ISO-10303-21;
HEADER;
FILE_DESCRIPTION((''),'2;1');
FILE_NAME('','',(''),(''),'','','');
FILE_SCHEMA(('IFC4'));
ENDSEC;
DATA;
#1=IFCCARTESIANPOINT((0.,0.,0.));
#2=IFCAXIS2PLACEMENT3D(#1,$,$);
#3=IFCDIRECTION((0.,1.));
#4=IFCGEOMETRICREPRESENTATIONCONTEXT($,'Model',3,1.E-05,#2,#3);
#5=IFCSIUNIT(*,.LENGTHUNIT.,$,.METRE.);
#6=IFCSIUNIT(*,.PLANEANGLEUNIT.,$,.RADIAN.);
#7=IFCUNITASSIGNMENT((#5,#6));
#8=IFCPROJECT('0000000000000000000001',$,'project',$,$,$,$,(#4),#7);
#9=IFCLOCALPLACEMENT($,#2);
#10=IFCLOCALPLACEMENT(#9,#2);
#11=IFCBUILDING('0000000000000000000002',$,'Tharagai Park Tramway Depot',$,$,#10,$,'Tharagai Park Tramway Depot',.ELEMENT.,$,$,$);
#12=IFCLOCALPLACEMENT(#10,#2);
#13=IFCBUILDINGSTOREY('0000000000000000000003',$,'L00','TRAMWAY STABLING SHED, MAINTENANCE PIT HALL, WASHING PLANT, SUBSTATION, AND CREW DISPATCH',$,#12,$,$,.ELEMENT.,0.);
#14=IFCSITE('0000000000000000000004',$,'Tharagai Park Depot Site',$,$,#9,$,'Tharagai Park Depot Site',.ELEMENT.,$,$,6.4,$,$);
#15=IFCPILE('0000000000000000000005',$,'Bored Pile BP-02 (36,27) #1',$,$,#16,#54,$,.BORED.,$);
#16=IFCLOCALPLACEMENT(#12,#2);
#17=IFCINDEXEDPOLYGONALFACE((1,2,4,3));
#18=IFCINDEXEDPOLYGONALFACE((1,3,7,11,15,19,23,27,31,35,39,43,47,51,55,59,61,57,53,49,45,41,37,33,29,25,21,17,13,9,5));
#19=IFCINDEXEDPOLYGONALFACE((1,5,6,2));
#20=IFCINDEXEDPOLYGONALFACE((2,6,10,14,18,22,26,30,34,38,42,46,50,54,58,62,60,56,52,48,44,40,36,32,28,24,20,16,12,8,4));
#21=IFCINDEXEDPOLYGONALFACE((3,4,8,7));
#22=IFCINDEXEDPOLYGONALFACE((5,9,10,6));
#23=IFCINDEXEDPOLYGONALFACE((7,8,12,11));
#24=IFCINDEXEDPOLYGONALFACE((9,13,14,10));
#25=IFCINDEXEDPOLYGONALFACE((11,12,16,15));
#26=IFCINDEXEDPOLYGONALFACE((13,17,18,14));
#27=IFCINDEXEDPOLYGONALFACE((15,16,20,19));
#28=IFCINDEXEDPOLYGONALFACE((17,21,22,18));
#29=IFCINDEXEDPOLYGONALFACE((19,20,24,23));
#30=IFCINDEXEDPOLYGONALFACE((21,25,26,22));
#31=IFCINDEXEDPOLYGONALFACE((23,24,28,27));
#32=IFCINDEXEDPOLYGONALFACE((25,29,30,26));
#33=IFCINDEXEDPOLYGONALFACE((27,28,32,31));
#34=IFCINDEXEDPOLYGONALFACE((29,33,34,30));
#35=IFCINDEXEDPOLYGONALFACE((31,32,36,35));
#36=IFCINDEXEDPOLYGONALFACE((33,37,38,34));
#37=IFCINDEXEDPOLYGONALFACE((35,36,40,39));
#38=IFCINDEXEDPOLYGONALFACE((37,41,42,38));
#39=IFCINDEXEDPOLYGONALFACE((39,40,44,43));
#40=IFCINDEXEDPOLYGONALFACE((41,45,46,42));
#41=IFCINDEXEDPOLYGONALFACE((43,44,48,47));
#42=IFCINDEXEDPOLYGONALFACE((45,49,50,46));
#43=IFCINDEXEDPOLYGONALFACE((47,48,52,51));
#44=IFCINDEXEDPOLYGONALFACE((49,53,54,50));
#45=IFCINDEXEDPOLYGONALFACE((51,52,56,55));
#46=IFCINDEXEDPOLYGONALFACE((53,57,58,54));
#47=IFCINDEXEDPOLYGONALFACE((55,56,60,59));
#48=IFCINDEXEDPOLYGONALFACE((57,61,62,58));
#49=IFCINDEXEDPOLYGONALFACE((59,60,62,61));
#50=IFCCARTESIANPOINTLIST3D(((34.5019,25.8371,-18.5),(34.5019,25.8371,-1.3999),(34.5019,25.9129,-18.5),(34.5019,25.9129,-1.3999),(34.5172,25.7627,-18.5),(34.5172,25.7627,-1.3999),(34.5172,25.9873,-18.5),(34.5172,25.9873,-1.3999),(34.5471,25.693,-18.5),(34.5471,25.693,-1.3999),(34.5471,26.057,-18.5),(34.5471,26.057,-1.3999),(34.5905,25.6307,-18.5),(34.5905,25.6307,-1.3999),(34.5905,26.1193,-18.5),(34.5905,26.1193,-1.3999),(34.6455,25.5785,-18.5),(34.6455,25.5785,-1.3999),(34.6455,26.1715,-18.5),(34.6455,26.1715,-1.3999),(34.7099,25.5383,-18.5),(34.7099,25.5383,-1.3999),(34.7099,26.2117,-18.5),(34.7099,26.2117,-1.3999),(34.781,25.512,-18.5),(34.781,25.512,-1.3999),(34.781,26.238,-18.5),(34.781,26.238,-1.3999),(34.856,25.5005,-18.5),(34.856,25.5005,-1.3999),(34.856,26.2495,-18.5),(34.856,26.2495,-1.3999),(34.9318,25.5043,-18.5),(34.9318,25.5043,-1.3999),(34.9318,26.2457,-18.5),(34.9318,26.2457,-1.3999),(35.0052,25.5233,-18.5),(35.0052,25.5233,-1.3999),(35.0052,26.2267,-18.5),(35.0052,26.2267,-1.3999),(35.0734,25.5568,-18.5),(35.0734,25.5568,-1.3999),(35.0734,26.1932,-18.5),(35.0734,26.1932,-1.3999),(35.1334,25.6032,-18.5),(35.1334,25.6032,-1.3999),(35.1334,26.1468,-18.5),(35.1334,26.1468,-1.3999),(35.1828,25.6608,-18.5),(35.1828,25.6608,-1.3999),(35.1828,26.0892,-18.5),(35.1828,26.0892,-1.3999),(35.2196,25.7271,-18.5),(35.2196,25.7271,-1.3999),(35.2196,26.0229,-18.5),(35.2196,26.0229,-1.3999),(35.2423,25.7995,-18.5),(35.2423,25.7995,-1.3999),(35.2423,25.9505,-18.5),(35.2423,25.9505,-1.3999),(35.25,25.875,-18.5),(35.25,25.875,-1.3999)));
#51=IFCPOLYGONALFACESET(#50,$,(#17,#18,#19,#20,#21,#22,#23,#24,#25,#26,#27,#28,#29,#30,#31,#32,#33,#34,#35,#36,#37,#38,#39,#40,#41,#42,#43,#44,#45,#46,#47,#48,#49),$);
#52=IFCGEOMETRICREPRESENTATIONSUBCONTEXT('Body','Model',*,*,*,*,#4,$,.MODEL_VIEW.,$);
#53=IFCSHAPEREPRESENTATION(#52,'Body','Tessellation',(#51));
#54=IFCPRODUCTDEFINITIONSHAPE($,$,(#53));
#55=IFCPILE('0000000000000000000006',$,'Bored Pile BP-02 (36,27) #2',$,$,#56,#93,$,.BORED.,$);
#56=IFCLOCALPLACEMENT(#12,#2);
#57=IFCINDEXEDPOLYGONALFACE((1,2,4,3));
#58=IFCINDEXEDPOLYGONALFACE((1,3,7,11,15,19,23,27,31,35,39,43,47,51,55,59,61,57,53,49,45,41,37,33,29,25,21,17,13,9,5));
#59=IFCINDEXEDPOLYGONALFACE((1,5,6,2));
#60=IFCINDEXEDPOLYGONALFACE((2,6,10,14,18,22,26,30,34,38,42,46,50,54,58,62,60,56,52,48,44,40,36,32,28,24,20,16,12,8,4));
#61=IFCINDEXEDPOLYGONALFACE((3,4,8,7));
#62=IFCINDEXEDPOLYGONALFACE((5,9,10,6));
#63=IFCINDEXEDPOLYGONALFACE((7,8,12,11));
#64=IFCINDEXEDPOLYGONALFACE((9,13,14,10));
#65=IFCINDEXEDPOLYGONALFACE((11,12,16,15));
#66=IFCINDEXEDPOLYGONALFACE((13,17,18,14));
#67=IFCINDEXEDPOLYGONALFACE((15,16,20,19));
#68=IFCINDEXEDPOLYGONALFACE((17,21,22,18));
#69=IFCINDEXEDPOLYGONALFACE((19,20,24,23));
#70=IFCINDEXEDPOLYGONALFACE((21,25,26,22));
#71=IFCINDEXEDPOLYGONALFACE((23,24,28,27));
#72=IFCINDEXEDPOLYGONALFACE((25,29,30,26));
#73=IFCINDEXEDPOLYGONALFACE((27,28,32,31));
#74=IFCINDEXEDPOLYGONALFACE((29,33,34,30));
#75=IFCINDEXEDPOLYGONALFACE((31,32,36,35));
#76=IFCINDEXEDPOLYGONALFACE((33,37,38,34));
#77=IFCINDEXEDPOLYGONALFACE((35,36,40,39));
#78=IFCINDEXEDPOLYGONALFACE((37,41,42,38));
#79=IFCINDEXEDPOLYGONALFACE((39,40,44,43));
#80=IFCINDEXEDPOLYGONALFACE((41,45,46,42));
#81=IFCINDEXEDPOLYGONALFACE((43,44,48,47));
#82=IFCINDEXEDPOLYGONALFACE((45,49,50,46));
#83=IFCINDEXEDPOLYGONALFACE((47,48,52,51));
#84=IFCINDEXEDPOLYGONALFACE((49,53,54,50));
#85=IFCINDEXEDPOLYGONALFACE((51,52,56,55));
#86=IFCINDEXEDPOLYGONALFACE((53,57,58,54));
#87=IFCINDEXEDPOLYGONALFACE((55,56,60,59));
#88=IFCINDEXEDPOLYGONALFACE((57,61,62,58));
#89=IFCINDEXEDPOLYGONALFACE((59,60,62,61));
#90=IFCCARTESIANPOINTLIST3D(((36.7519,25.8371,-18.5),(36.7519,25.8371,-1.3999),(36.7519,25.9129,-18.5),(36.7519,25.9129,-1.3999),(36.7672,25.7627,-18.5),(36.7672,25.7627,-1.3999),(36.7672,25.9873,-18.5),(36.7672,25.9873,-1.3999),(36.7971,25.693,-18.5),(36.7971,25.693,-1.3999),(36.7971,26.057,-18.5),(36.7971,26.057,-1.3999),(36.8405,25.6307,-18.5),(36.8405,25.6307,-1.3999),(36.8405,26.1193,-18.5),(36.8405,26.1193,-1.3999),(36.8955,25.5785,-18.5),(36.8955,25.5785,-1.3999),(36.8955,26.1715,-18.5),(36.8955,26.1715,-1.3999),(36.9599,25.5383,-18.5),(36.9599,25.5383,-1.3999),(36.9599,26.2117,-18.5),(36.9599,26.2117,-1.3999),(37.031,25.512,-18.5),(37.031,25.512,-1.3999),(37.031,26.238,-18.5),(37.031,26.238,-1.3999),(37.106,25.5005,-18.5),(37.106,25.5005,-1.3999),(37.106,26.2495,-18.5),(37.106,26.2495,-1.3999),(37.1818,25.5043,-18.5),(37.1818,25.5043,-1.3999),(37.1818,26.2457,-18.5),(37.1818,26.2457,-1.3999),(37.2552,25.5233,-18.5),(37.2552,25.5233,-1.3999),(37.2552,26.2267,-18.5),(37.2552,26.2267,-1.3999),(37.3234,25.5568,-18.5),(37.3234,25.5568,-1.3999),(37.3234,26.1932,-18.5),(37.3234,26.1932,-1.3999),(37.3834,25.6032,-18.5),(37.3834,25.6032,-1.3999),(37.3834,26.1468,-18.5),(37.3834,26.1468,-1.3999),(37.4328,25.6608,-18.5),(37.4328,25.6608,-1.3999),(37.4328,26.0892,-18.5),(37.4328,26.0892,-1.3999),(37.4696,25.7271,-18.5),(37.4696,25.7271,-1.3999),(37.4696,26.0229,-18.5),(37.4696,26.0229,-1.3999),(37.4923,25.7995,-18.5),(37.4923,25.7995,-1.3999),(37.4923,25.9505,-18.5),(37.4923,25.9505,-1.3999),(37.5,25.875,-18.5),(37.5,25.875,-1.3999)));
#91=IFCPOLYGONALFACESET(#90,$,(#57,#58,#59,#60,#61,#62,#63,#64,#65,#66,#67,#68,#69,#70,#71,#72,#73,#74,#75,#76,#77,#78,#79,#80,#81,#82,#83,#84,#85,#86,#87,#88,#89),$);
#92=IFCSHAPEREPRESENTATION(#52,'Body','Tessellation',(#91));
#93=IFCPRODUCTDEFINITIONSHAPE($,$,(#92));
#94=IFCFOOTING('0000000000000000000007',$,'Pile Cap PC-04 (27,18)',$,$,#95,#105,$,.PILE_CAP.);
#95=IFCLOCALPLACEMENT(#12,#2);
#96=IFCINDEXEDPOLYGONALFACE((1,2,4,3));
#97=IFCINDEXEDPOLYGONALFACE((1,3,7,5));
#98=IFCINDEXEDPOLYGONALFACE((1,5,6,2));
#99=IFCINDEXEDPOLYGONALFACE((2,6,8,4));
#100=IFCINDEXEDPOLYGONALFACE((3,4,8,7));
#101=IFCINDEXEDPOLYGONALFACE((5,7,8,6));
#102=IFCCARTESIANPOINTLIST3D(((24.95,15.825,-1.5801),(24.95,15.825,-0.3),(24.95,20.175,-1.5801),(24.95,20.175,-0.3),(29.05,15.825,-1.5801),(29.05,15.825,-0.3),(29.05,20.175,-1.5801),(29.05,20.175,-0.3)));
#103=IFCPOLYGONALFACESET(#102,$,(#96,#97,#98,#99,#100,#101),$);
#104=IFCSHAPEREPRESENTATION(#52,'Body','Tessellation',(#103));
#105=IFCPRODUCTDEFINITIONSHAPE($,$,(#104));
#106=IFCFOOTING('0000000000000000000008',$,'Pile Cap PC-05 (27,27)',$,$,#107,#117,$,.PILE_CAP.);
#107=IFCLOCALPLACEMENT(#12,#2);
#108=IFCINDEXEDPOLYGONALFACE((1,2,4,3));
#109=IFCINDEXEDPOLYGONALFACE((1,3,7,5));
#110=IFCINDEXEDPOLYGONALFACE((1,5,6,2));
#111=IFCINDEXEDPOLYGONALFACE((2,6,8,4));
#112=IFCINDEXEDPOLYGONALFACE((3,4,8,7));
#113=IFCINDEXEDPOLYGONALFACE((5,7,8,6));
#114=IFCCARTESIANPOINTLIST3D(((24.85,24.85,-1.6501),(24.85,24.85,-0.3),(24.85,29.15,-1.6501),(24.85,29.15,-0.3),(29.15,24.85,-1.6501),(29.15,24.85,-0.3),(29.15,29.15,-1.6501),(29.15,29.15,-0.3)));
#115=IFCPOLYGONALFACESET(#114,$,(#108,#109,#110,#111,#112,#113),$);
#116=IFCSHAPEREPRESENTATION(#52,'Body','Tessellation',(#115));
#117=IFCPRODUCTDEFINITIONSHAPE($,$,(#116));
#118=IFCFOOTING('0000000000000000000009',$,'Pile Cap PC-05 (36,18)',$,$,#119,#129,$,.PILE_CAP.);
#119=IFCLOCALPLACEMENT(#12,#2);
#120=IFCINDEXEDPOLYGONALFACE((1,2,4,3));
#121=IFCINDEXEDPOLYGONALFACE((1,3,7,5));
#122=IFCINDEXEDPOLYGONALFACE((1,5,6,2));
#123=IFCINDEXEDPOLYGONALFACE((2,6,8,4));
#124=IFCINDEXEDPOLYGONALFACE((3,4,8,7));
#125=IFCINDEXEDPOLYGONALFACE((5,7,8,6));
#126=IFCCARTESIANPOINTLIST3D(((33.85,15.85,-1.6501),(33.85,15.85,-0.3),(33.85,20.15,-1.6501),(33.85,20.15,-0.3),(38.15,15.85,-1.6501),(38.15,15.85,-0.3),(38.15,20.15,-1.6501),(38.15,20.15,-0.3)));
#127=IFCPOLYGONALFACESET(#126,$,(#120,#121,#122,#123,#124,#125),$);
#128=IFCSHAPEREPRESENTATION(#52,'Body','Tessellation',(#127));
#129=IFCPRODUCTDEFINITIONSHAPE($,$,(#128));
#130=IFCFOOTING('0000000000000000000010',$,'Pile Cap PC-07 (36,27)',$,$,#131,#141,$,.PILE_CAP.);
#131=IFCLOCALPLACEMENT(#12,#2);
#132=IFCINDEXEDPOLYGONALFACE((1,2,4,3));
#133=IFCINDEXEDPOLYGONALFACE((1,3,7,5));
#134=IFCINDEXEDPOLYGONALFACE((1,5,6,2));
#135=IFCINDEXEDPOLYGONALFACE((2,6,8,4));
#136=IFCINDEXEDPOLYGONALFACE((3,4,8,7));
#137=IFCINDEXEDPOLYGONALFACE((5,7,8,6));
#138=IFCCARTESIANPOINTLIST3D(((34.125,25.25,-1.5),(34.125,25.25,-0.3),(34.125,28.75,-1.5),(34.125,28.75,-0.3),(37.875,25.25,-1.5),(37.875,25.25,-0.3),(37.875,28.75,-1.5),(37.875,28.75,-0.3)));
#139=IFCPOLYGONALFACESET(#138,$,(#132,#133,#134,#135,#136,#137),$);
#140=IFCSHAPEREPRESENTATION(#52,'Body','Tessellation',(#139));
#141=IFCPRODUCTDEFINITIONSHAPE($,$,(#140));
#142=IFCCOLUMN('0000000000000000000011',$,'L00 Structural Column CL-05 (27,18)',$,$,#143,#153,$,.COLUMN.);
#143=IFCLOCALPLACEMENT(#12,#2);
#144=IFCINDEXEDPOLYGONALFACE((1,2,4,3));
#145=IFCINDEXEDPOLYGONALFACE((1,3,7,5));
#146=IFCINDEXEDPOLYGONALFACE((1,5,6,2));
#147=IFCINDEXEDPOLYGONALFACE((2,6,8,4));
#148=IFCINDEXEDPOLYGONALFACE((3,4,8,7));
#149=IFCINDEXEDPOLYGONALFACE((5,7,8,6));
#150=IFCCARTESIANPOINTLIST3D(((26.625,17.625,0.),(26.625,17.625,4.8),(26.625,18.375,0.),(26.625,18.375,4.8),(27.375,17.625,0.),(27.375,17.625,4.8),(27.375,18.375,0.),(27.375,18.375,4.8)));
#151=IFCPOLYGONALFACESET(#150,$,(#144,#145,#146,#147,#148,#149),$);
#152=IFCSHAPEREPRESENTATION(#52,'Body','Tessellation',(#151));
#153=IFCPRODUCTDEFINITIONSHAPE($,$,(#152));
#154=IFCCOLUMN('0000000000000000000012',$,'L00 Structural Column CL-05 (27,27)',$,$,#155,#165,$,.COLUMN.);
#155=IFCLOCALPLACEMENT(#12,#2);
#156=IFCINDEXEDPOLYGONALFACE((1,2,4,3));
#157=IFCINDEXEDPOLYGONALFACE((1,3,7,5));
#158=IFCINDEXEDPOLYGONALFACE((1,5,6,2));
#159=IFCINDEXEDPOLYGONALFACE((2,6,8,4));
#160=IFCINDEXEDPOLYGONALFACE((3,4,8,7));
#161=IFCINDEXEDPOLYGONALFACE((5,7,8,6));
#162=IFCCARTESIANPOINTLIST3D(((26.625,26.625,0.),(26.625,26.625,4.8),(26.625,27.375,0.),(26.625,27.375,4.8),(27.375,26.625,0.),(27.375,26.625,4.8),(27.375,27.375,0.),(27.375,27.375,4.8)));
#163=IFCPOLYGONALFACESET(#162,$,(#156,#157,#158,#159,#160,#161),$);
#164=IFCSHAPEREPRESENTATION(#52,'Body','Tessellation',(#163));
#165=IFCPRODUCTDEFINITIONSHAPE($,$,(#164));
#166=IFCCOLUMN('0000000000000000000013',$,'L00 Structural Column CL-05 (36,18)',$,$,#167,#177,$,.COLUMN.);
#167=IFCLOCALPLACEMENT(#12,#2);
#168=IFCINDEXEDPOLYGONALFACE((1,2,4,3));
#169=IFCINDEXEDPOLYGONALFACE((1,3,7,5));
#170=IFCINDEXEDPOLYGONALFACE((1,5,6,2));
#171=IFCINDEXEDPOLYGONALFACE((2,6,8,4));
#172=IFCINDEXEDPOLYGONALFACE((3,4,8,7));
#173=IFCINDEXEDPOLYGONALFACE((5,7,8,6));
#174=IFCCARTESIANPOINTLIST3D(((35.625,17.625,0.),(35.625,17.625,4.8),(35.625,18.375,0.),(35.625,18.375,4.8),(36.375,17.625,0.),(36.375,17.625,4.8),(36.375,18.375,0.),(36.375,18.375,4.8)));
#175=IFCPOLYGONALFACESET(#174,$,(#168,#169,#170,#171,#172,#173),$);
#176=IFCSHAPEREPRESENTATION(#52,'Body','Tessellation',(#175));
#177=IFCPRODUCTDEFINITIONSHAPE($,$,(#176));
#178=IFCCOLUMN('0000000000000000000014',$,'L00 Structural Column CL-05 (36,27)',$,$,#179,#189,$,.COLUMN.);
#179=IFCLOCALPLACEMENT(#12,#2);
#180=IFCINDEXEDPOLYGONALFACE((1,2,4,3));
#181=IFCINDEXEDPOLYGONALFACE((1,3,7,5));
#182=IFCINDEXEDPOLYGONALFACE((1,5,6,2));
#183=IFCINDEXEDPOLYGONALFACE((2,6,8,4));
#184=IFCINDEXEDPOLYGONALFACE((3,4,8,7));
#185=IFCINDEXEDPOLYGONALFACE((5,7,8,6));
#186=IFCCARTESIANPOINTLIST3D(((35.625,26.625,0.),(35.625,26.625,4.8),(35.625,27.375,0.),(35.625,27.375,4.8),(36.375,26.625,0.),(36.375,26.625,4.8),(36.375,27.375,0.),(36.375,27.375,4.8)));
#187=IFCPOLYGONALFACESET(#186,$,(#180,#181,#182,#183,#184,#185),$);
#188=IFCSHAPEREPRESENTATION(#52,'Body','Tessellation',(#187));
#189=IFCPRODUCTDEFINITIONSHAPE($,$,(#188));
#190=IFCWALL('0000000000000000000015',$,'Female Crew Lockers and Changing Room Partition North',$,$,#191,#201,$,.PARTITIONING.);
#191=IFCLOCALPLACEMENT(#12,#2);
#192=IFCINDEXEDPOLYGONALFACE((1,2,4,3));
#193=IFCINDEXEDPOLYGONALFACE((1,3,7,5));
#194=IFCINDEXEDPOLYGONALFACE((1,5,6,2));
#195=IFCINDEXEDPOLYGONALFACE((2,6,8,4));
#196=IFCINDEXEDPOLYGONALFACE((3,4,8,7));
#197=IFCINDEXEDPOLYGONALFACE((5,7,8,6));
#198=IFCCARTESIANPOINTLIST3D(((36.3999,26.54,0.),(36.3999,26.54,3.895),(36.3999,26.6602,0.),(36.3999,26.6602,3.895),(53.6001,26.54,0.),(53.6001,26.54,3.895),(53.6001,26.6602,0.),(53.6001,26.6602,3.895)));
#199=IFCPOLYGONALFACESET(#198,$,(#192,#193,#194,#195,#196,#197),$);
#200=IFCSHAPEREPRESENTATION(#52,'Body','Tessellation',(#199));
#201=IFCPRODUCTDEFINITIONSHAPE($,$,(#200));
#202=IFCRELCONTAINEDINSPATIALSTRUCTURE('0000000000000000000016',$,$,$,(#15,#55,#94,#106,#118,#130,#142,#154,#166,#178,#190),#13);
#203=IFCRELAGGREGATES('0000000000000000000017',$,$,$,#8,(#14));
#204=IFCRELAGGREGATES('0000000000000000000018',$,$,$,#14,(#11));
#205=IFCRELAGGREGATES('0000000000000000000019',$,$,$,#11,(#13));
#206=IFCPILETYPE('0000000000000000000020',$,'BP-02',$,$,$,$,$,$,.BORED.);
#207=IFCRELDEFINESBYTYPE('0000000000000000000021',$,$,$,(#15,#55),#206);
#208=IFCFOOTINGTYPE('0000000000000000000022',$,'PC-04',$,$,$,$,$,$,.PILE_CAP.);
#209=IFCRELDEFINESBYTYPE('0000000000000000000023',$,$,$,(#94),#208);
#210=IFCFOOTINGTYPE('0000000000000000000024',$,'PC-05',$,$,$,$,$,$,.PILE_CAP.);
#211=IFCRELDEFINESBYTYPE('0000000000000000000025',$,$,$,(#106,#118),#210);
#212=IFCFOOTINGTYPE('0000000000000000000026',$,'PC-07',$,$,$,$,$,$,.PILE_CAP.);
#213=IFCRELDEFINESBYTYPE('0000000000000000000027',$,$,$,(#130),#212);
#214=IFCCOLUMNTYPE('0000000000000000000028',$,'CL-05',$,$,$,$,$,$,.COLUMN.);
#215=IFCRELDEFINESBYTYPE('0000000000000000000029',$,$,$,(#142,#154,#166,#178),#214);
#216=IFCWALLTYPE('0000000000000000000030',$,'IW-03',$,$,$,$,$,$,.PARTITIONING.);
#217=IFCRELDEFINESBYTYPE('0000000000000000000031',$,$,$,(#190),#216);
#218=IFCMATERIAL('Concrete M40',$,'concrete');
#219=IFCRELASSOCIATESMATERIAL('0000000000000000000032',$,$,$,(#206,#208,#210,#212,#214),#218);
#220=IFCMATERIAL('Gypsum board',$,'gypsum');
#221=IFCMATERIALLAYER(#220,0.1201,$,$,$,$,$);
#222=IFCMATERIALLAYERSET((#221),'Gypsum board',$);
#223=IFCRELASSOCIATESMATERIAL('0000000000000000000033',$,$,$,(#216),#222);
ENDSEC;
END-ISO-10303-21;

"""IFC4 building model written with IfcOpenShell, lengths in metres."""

from ifc_helpers import new_model, si_unit, direction, frame, frame_2d, origin, origin_2d, place, context, subcontext, project, spatial, rectangle, circle, extrude, material, layer, layer_set, material_profile, profile_set, type_object, element, save


model = new_model("IFC4")

# Units and contexts
model_context = context("Model", 3, precision=1e-05, world=origin(), true_north=direction((0.0, 1.0)))
body_context = subcontext(model_context, "Body", "Model", "MODEL_VIEW")
ifc_project = project(units=[si_unit("LENGTHUNIT", "METRE"), si_unit("PLANEANGLEUNIT", "RADIAN")], contexts=[model_context])

# Site, building, storey
site_placement = place(None, origin())
site = spatial("IfcSite", under=ifc_project, at=site_placement, Name="Tharagai Park Depot Site", LongName="Tharagai Park Depot Site", CompositionType="ELEMENT", RefElevation=6.4)
building_placement = place(site_placement, origin())
building = spatial("IfcBuilding", under=site, at=building_placement, Name="Tharagai Park Tramway Depot", LongName="Tharagai Park Tramway Depot", CompositionType="ELEMENT")
storey_placement = place(building_placement, origin())
storey = spatial("IfcBuildingStorey", under=building, at=storey_placement, Name="L00", Description="TRAMWAY STABLING SHED, MAINTENANCE PIT HALL, WASHING PLANT, SUBSTATION, AND CREW DISPATCH", CompositionType="ELEMENT", Elevation=0.0)

# Piles
ifc_material_1 = material(Name="Concrete M40", Category="concrete")
ifc_material_profile_1 = material_profile(ifc_material_1, circle(Radius=0.375, at=origin_2d()), Name="PILE D750")
ifc_profile_set_1 = profile_set([ifc_material_profile_1], Name="Concrete M40")
pile_type_1 = type_object("IfcPileType", Name="BP-02", PredefinedType="BORED", material=ifc_profile_set_1)
for number, where, z_axis, x_axis, name in (
    (1, (34.875, 25.875, -1.3999), (0.0, 0.0, -1.0), (1.0, 0.0, 0.0), "Bored Pile BP-02 (36,27) #1"),
    (2, (37.125, 25.875, -1.3999), (0.0, 0.0, -1.0), (1.0, 0.0, 0.0), "Bored Pile BP-02 (36,27) #2"),
):
    element("IfcPile", number, at=place(storey_placement, frame(where, z_axis=z_axis, x_axis=x_axis)), inside=storey, type_object=pile_type_1, Name=name, PredefinedType="BORED", context=body_context, shape_type="SweptSolid", body=[
        extrude(circle(Radius=0.375, at=origin_2d()), origin(), (0.0, 0.0, 1.0), 17.1001),
    ])

# Footings
footing_type_1 = type_object("IfcFootingType", Name="PC-04", PredefinedType="PILE_CAP", material=ifc_material_1)
footing_1_placement = place(storey_placement, frame((27.0, 18.0, -1.5801), z_axis=(0.0, 0.0, 1.0), x_axis=(1.0, 0.0, 0.0)))
element("IfcFooting", 3, at=footing_1_placement, inside=storey, type_object=footing_type_1, Name="Pile Cap PC-04 (27,18)", PredefinedType="PILE_CAP", context=body_context, shape_type="SweptSolid", body=[
    extrude(rectangle(XDim=4.1001, YDim=4.3501, at=origin_2d()), origin(), (0.0, 0.0, 1.0), 1.28),
])
footing_type_2 = type_object("IfcFootingType", Name="PC-05", PredefinedType="PILE_CAP", material=ifc_material_1)
for number, where, z_axis, x_axis, name in (
    (4, (27.0, 27.0, -1.6501), (0.0, 0.0, 1.0), (1.0, 0.0, 0.0), "Pile Cap PC-05 (27,27)"),
    (5, (36.0, 18.0, -1.6501), (0.0, 0.0, 1.0), (1.0, 0.0, 0.0), "Pile Cap PC-05 (36,18)"),
):
    element("IfcFooting", number, at=place(storey_placement, frame(where, z_axis=z_axis, x_axis=x_axis)), inside=storey, type_object=footing_type_2, Name=name, PredefinedType="PILE_CAP", context=body_context, shape_type="SweptSolid", body=[
        extrude(rectangle(XDim=4.3, YDim=4.3, at=origin_2d()), origin(), (0.0, 0.0, 1.0), 1.3501),
    ])
footing_type_3 = type_object("IfcFootingType", Name="PC-07", PredefinedType="PILE_CAP", material=ifc_material_1)
footing_2_placement = place(storey_placement, frame((36.0, 27.0, -1.5), z_axis=(0.0, 0.0, 1.0), x_axis=(1.0, 0.0, 0.0)))
element("IfcFooting", 6, at=footing_2_placement, inside=storey, type_object=footing_type_3, Name="Pile Cap PC-07 (36,27)", PredefinedType="PILE_CAP", context=body_context, shape_type="SweptSolid", body=[
    extrude(rectangle(XDim=3.75, YDim=3.5, at=origin_2d()), origin(), (0.0, 0.0, 1.0), 1.2),
])

# Columns
ifc_material_profile_2 = material_profile(ifc_material_1, rectangle(XDim=0.75, YDim=0.75, at=origin_2d()), Name="RC 750x750")
ifc_profile_set_2 = profile_set([ifc_material_profile_2], Name="Concrete M40")
column_type = type_object("IfcColumnType", Name="CL-05", PredefinedType="COLUMN", material=ifc_profile_set_2)
for number, where, z_axis, x_axis, name in (
    (7, (27.0, 18.0, 0.0), (0.0, 0.0, 1.0), (1.0, 0.0, 0.0), "L00 Structural Column CL-05 (27,18)"),
    (8, (27.0, 27.0, 0.0), (0.0, 0.0, 1.0), (1.0, 0.0, 0.0), "L00 Structural Column CL-05 (27,27)"),
    (9, (36.0, 18.0, 0.0), (0.0, 0.0, 1.0), (1.0, 0.0, 0.0), "L00 Structural Column CL-05 (36,18)"),
    (10, (36.0, 27.0, 0.0), (0.0, 0.0, 1.0), (1.0, 0.0, 0.0), "L00 Structural Column CL-05 (36,27)"),
):
    element("IfcColumn", number, at=place(storey_placement, frame(where, z_axis=z_axis, x_axis=x_axis)), inside=storey, type_object=column_type, Name=name, PredefinedType="COLUMN", context=body_context, shape_type="SweptSolid", body=[
        extrude(rectangle(XDim=0.75, YDim=0.75, at=origin_2d()), origin(), (0.0, 0.0, 1.0), 4.8),
    ])

# Wall
ifc_material_2 = material(Name="Gypsum board", Category="gypsum")
ifc_layer = layer(ifc_material_2, 0.1201)
ifc_layer_set = layer_set([ifc_layer], Name="Gypsum board")
wall_type = type_object("IfcWallType", Name="IW-03", PredefinedType="PARTITIONING", material=ifc_layer_set)
wall_placement = place(storey_placement, frame((36.3999, 26.6001, 0.0), z_axis=(0.0, 0.0, 1.0), x_axis=(1.0, 0.0, 0.0)))
element("IfcWall", 11, at=wall_placement, inside=storey, type_object=wall_type, Name="Female Crew Lockers and Changing Room Partition North", PredefinedType="PARTITIONING", context=body_context, shape_type="SweptSolid", body=[
    extrude(rectangle(XDim=17.2002, YDim=0.1201, at=frame_2d((8.6001, 0.0))), origin(), (0.0, 0.0, 1.0), 3.895),
])

save(model, "model.ifc")
